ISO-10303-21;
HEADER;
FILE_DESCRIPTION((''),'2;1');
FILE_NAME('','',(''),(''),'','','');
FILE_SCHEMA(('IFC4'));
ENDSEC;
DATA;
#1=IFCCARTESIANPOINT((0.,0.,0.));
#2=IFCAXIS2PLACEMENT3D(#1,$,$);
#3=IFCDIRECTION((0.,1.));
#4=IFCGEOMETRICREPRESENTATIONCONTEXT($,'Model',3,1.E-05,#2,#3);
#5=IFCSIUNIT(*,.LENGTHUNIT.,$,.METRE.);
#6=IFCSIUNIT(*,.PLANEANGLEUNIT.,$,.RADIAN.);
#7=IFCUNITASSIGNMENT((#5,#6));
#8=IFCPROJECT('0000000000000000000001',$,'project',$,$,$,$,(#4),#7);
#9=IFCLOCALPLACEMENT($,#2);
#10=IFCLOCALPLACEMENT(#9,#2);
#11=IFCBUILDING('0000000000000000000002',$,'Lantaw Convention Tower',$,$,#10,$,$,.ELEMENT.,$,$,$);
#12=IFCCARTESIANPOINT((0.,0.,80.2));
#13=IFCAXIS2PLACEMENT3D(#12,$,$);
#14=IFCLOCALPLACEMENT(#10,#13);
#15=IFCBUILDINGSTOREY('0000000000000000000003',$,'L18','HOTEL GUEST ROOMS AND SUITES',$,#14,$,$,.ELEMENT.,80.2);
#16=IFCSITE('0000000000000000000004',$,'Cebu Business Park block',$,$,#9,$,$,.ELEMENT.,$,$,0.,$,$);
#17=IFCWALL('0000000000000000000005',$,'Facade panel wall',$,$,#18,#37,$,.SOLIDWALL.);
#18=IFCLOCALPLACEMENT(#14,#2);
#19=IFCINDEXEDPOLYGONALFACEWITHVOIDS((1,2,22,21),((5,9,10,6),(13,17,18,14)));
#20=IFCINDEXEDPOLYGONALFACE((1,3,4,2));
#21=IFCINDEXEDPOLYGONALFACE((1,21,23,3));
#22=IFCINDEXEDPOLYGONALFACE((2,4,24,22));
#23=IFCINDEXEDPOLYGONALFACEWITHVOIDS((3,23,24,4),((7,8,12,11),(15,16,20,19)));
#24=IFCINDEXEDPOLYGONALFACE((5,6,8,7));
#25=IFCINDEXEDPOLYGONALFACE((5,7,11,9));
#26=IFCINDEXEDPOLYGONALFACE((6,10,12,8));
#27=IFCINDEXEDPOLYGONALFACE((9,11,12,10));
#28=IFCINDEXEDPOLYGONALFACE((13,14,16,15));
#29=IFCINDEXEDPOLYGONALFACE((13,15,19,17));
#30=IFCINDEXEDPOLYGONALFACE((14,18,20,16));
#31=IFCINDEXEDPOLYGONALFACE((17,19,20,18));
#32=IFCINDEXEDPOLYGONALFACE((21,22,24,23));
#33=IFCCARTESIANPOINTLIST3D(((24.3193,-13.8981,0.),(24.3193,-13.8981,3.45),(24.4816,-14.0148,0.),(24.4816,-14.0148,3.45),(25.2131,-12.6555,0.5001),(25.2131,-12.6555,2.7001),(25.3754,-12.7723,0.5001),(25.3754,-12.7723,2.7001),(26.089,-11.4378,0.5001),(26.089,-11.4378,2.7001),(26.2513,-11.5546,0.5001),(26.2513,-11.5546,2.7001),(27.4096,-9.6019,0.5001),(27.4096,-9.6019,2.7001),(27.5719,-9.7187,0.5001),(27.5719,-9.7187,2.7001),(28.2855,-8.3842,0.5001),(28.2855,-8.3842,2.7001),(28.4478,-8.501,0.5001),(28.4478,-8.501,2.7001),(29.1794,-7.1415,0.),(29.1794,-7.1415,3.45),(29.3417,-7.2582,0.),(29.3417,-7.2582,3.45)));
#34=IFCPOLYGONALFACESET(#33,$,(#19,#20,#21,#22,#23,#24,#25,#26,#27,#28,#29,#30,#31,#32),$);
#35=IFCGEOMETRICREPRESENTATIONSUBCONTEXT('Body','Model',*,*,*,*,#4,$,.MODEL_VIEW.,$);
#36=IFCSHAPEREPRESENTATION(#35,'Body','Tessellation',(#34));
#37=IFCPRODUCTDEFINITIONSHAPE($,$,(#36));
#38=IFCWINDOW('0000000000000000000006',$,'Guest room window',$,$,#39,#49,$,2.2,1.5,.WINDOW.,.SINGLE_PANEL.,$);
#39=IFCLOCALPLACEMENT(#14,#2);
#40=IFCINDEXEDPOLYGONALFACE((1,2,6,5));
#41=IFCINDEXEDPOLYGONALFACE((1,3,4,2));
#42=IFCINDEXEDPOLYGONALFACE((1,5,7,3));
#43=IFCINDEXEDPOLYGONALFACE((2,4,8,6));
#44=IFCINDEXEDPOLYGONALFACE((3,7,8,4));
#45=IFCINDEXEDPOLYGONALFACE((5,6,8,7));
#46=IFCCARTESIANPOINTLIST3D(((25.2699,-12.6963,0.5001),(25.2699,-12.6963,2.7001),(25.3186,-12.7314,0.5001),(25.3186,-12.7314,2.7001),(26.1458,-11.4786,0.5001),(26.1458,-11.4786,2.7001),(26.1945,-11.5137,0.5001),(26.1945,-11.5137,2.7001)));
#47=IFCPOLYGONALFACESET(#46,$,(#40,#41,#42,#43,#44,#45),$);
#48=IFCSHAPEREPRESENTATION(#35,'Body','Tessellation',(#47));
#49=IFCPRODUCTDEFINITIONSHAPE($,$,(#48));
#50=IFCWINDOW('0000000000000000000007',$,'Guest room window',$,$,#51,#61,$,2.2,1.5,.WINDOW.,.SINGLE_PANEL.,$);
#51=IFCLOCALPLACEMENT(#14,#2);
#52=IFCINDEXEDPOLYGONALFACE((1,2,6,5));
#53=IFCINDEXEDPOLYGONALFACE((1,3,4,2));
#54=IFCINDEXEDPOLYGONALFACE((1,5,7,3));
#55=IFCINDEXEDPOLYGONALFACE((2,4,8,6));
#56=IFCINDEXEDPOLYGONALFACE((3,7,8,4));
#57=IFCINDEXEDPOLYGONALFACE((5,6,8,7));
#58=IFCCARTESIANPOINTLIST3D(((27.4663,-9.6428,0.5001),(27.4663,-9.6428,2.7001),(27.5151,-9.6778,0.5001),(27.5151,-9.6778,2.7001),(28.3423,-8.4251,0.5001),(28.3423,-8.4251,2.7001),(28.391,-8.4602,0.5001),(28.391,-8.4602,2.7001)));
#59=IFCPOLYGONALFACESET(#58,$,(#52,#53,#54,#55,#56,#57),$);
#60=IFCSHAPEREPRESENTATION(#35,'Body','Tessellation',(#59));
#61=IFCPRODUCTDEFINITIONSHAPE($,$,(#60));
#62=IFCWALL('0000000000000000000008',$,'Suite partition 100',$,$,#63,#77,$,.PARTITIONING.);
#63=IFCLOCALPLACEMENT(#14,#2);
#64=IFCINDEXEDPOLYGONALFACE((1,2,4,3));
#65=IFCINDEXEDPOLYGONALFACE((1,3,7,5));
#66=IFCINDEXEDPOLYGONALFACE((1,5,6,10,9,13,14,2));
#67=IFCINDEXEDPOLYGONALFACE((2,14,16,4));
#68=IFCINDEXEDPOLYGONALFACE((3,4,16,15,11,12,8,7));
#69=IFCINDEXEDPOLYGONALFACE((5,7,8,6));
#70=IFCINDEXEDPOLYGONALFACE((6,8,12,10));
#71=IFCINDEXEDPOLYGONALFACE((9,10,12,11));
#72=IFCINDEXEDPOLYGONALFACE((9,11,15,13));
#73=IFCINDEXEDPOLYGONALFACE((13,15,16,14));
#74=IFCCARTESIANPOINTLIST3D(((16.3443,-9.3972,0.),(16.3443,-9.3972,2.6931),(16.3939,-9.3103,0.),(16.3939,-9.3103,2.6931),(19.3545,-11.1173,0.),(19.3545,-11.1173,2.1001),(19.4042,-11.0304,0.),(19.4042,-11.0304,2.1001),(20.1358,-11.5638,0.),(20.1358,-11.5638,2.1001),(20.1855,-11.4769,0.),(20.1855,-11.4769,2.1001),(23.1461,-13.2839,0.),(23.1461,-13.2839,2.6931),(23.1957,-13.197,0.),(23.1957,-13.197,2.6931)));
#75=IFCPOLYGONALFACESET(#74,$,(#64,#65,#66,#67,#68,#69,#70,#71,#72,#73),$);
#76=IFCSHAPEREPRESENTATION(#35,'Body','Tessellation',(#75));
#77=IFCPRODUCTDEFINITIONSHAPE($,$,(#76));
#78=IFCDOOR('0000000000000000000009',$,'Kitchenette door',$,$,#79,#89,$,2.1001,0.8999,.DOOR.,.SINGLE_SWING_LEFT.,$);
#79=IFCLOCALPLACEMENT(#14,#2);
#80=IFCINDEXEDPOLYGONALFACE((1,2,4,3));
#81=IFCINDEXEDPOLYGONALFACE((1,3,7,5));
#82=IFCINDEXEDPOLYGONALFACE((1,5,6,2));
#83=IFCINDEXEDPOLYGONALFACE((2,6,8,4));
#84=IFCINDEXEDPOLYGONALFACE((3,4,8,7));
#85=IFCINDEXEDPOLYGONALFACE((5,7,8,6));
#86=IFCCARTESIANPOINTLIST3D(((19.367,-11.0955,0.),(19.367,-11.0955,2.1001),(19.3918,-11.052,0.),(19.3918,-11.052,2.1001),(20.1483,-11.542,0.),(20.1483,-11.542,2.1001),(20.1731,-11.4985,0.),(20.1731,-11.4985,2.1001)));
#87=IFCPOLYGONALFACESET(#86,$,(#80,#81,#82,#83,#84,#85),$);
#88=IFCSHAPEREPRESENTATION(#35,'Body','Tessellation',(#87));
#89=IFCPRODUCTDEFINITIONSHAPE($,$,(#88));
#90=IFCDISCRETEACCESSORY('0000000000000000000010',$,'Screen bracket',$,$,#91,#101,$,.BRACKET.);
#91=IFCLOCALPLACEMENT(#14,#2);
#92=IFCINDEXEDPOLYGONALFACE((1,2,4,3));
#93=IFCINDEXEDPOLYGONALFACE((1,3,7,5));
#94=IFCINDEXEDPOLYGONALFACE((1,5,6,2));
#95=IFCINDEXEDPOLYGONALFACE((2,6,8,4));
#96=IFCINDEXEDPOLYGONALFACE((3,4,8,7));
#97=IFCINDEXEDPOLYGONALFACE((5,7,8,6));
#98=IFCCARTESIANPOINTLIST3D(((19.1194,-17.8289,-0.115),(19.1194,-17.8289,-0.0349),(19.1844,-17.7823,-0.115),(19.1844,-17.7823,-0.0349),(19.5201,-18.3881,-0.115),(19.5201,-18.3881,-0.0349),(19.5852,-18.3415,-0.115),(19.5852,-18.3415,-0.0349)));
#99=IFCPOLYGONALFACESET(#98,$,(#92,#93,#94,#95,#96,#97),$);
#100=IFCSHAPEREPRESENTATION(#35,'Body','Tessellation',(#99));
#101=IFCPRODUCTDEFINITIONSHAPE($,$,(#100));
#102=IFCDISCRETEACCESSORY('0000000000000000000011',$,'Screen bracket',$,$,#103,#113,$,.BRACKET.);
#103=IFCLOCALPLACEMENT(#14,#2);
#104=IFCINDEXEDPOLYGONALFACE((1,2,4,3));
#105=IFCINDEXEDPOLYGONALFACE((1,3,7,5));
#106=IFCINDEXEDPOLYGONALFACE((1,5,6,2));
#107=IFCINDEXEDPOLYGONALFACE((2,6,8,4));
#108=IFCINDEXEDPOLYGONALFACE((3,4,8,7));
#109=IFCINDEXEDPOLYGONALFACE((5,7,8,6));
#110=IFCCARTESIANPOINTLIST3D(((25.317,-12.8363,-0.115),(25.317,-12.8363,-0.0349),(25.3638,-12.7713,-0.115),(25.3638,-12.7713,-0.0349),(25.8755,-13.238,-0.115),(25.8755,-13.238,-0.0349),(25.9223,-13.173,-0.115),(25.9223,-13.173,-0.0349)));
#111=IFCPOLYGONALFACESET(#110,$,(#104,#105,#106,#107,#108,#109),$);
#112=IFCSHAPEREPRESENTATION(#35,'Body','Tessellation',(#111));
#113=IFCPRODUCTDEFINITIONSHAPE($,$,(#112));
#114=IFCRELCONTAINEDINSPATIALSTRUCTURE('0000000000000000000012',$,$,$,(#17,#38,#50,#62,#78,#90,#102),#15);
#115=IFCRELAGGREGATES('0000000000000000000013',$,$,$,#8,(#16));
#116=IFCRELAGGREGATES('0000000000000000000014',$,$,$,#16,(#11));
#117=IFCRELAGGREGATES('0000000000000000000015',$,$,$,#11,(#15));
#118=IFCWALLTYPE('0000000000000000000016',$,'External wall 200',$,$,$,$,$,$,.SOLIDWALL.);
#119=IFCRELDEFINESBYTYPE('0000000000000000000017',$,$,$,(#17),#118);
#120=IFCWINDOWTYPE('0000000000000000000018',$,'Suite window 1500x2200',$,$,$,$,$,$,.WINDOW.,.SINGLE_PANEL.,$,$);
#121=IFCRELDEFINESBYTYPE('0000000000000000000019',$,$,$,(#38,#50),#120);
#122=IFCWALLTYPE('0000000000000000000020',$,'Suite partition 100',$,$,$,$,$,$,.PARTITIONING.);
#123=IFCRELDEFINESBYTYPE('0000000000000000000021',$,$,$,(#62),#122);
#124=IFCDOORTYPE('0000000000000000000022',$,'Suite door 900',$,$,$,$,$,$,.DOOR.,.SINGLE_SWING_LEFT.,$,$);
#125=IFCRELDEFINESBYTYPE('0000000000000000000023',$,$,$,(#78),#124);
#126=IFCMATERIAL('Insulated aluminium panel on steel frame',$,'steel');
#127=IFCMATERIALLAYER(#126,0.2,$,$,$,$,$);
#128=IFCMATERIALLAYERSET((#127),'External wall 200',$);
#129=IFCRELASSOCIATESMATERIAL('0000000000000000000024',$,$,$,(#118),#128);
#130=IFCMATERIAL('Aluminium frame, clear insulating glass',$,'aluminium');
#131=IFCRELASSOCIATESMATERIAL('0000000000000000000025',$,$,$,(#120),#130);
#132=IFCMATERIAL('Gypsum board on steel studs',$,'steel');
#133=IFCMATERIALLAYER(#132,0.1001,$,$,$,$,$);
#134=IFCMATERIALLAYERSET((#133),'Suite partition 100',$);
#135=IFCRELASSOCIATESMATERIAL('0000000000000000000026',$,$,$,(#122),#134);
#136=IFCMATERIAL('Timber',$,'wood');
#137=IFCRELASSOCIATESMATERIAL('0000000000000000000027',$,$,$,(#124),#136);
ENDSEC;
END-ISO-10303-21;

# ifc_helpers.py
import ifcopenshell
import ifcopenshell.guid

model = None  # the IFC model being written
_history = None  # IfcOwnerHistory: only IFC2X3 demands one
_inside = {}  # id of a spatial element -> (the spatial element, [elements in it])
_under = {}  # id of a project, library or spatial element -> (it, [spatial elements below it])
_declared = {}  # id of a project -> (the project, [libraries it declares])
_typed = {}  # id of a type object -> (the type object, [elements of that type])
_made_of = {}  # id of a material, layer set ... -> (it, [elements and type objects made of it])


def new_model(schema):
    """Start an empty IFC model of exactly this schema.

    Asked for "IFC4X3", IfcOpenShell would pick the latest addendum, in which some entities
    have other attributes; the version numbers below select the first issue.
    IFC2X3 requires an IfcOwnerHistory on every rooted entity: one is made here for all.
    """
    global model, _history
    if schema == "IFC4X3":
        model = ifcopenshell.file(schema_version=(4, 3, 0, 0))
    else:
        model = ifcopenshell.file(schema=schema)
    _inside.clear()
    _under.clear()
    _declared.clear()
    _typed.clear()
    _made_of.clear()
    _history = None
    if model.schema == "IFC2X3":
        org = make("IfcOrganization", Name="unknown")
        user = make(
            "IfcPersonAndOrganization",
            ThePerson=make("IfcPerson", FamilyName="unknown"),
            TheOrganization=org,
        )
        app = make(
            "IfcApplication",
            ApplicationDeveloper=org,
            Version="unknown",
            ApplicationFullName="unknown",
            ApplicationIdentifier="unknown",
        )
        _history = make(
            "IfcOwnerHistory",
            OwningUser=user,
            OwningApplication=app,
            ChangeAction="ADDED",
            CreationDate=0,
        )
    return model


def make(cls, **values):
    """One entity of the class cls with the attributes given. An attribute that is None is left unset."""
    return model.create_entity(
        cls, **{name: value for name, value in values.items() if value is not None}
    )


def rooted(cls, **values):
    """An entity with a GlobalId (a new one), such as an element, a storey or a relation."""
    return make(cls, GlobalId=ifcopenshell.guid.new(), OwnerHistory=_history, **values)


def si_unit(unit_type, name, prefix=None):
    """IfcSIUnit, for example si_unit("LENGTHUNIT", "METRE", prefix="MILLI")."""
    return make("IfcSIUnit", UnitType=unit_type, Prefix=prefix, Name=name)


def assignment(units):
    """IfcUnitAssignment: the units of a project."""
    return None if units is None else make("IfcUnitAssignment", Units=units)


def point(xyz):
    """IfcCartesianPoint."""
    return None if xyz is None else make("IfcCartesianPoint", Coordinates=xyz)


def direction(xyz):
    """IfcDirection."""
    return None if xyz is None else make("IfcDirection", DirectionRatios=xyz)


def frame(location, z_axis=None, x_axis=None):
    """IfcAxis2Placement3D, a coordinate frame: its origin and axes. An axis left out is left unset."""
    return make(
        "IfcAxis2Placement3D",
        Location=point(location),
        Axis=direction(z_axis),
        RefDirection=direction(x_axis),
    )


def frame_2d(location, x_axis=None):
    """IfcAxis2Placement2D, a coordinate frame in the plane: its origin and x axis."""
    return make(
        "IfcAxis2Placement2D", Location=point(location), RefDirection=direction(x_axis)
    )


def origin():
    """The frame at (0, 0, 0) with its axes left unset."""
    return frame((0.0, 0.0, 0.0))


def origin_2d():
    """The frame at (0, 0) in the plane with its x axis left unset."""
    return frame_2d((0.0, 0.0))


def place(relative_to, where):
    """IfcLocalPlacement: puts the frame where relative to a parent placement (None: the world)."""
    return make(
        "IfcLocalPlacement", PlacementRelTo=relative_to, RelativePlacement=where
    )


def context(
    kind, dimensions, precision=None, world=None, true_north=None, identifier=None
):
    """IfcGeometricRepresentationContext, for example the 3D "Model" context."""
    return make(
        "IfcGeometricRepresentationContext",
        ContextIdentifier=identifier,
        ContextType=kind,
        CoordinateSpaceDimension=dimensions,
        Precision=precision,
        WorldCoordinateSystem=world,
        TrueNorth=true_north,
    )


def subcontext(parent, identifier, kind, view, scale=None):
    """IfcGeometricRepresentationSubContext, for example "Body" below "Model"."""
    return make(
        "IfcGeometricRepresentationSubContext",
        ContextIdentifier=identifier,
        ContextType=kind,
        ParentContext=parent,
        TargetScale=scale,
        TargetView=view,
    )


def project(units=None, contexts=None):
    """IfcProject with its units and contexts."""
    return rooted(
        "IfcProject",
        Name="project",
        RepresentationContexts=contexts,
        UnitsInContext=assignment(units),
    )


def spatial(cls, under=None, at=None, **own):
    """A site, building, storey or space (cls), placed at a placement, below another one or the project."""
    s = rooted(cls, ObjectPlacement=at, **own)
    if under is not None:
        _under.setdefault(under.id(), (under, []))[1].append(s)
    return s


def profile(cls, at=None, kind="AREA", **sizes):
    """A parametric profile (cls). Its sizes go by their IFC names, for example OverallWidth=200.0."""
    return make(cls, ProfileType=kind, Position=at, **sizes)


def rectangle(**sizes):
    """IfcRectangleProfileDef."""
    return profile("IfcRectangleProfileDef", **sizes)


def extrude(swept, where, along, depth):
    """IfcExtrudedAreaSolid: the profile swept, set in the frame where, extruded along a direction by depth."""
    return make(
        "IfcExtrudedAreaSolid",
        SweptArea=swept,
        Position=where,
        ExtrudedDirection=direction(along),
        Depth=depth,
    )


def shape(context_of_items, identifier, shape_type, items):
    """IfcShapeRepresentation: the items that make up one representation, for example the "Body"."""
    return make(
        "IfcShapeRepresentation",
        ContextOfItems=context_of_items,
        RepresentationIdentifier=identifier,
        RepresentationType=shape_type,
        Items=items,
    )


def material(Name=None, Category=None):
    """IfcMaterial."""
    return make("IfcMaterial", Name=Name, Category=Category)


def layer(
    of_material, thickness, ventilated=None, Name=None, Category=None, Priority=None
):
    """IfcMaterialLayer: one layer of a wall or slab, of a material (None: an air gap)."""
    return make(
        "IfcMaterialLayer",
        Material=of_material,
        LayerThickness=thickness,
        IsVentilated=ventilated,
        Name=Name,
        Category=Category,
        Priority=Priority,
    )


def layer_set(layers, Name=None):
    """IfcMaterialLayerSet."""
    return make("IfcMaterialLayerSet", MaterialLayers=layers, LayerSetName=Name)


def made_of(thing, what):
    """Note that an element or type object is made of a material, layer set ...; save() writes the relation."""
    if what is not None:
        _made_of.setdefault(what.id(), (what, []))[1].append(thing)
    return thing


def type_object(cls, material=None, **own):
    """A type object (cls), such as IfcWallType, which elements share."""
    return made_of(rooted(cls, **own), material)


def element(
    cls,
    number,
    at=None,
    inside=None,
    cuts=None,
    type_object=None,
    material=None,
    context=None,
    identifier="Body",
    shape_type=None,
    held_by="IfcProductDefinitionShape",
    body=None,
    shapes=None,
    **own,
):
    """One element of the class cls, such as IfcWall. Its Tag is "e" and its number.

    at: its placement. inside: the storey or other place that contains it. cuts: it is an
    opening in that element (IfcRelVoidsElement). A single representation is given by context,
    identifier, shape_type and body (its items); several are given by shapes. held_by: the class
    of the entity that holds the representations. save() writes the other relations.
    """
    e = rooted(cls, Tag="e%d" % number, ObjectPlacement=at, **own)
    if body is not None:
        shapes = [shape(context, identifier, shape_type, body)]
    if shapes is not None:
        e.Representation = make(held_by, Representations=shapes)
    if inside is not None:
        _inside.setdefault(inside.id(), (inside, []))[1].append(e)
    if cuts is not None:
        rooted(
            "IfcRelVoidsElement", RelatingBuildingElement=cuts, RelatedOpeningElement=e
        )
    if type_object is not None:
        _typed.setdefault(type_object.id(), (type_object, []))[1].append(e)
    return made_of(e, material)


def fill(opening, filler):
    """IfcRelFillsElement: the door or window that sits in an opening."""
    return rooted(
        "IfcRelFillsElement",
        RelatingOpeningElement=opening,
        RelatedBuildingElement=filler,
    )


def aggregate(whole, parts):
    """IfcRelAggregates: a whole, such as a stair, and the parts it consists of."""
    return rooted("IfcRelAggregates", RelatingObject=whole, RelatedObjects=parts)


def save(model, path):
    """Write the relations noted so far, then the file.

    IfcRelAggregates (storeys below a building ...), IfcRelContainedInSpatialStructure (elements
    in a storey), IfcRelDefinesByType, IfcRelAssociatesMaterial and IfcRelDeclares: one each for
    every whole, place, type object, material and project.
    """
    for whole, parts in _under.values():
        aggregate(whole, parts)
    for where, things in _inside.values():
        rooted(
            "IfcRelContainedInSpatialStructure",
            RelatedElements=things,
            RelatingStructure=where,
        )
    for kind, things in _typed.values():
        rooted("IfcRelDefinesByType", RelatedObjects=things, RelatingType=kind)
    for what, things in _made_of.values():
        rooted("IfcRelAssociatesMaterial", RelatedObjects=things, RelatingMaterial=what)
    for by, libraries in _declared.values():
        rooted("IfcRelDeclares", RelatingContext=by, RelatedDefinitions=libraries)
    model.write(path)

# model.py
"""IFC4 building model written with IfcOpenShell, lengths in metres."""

from ifc_helpers import new_model, si_unit, direction, frame, frame_2d, origin, origin_2d, place, context, subcontext, project, spatial, rectangle, extrude, material, layer, layer_set, type_object, element, fill, save


model = new_model("IFC4")

# Units and contexts
model_context = context("Model", 3, precision=1e-05, world=origin(), true_north=direction((0.0, 1.0)))
body_context = subcontext(model_context, "Body", "Model", "MODEL_VIEW")
ifc_project = project(units=[si_unit("LENGTHUNIT", "METRE"), si_unit("PLANEANGLEUNIT", "RADIAN")], contexts=[model_context])

# Site, building, storey
site_placement = place(None, origin())
site = spatial("IfcSite", under=ifc_project, at=site_placement, Name="Cebu Business Park block", CompositionType="ELEMENT", RefElevation=0.0)
building_placement = place(site_placement, origin())
building = spatial("IfcBuilding", under=site, at=building_placement, Name="Lantaw Convention Tower", CompositionType="ELEMENT")
storey_placement = place(building_placement, frame((0.0, 0.0, 80.2)))
storey = spatial("IfcBuildingStorey", under=building, at=storey_placement, Name="L18", Description="HOTEL GUEST ROOMS AND SUITES", CompositionType="ELEMENT", Elevation=80.2)

# Wall, openings, windows
ifc_material_1 = material(Name="Insulated aluminium panel on steel frame", Category="steel")
ifc_layer_1 = layer(ifc_material_1, 0.2)
ifc_layer_set_1 = layer_set([ifc_layer_1], Name="External wall 200")
wall_type_1 = type_object("IfcWallType", Name="External wall 200", PredefinedType="SOLIDWALL", material=ifc_layer_set_1)
wall_1_placement = place(storey_placement, frame((24.4004, -13.9565, 0.0), z_axis=(0.0, 0.0, 1.0), x_axis=(0.583938, 0.811799, 0.0)))
wall_1 = element("IfcWall", 1, at=wall_1_placement, inside=storey, type_object=wall_type_1, Name="Facade panel wall", PredefinedType="SOLIDWALL", context=body_context, shape_type="SweptSolid", body=[
    extrude(rectangle(XDim=8.323, YDim=0.2, at=frame_2d((4.1616, 0.0))), origin(), (0.0, 0.0, 1.0), 3.45),
])
opening_1_placement = place(wall_1_placement, frame((1.5308, 0.0, 0.5)))
opening_1 = element("IfcOpeningElement", 2, at=opening_1_placement, cuts=wall_1, PredefinedType="OPENING", context=body_context, shape_type="SweptSolid", body=[
    extrude(rectangle(XDim=1.5, YDim=2.2, at=frame_2d((0.75, 1.1001))), frame((0.0, 0.1099, 0.0), z_axis=(0.0, -1.0, 0.0), x_axis=(1.0, 0.0, 0.0)), (0.0, 0.0, 1.0), 0.22),
])
opening_2_placement = place(wall_1_placement, frame((5.2922, 0.0, 0.5)))
opening_2 = element("IfcOpeningElement", 3, at=opening_2_placement, cuts=wall_1, PredefinedType="OPENING", context=body_context, shape_type="SweptSolid", body=[
    extrude(rectangle(XDim=1.5, YDim=2.2, at=frame_2d((0.75, 1.1001))), frame((0.0, 0.1099, 0.0), z_axis=(0.0, -1.0, 0.0), x_axis=(1.0, 0.0, 0.0)), (0.0, 0.0, 1.0), 0.22),
])
ifc_material_2 = material(Name="Aluminium frame, clear insulating glass", Category="aluminium")
window_type = type_object("IfcWindowType", Name="Suite window 1500x2200", PartitioningType="SINGLE_PANEL", PredefinedType="WINDOW", material=ifc_material_2)
window_1_placement = place(opening_1_placement, origin())
window_1 = element("IfcWindow", 4, at=window_1_placement, inside=storey, type_object=window_type, Name="Guest room window", OverallHeight=2.2, OverallWidth=1.5, PartitioningType="SINGLE_PANEL", PredefinedType="WINDOW", context=body_context, shape_type="SweptSolid", body=[
    extrude(rectangle(XDim=1.5, YDim=2.2, at=frame_2d((0.75, 1.1001))), frame((0.0, 0.03, 0.0), z_axis=(0.0, -1.0, 0.0), x_axis=(1.0, 0.0, 0.0)), (0.0, 0.0, 1.0), 0.0601),
])
fill(opening_1, window_1)
window_2_placement = place(opening_2_placement, origin())
window_2 = element("IfcWindow", 5, at=window_2_placement, inside=storey, type_object=window_type, Name="Guest room window", OverallHeight=2.2, OverallWidth=1.5, PartitioningType="SINGLE_PANEL", PredefinedType="WINDOW", context=body_context, shape_type="SweptSolid", body=[
    extrude(rectangle(XDim=1.5, YDim=2.2, at=frame_2d((0.75, 1.1001))), frame((0.0, 0.03, 0.0), z_axis=(0.0, -1.0, 0.0), x_axis=(1.0, 0.0, 0.0)), (0.0, 0.0, 1.0), 0.0601),
])
fill(opening_2, window_2)

# Wall, opening, door
ifc_material_3 = material(Name="Gypsum board on steel studs", Category="steel")
ifc_layer_2 = layer(ifc_material_3, 0.1001)
ifc_layer_set_2 = layer_set([ifc_layer_2], Name="Suite partition 100")
wall_type_2 = type_object("IfcWallType", Name="Suite partition 100", PredefinedType="PARTITIONING", material=ifc_layer_set_2)
wall_2_placement = place(storey_placement, frame((23.1709, -13.2405, 0.0), z_axis=(0.0, 0.0, 1.0), x_axis=(-0.868243, 0.496139, 0.0)))
wall_2 = element("IfcWall", 6, at=wall_2_placement, inside=storey, type_object=wall_type_2, Name="Suite partition 100", PredefinedType="PARTITIONING", context=body_context, shape_type="SweptSolid", body=[
    extrude(rectangle(XDim=7.834, YDim=0.1001, at=frame_2d((3.917, 0.0))), origin(), (0.0, 0.0, 1.0), 2.6931),
])
opening_3_placement = place(wall_2_placement, frame((3.467, 0.0, 0.0)))
opening_3 = element("IfcOpeningElement", 7, at=opening_3_placement, cuts=wall_2, PredefinedType="OPENING", context=body_context, shape_type="SweptSolid", body=[
    extrude(rectangle(XDim=0.8999, YDim=2.1001, at=frame_2d((0.45, 1.05))), frame((0.0, 0.0601, 0.0), z_axis=(0.0, -1.0, 0.0), x_axis=(1.0, 0.0, 0.0)), (0.0, 0.0, 1.0), 0.1201),
])
ifc_material_4 = material(Name="Timber", Category="wood")
door_type = type_object("IfcDoorType", Name="Suite door 900", OperationType="SINGLE_SWING_LEFT", PredefinedType="DOOR", material=ifc_material_4)
door_placement = place(opening_3_placement, origin())
door = element("IfcDoor", 8, at=door_placement, inside=storey, type_object=door_type, Name="Kitchenette door", OperationType="SINGLE_SWING_LEFT", OverallHeight=2.1001, OverallWidth=0.8999, PredefinedType="DOOR", context=body_context, shape_type="SweptSolid", body=[
    extrude(rectangle(XDim=0.8999, YDim=2.1001, at=frame_2d((0.45, 1.05))), frame((0.0, 0.0249, 0.0), z_axis=(0.0, -1.0, 0.0), x_axis=(1.0, 0.0, 0.0)), (0.0, 0.0, 1.0), 0.05),
])
fill(opening_3, door)

# Discrete accessories
for number, where, z_axis, x_axis, name in (
    (9, (19.3523, -18.0852, -0.115), (0.0, 0.0, 1.0), (0.812804, 0.582538, 0.0), "Screen bracket"),
    (10, (25.6196, -13.0046, -0.115), (0.0, 0.0, 1.0), (0.583951, 0.811789, 0.0), "Screen bracket"),
):
    element("IfcDiscreteAccessory", number, at=place(storey_placement, frame(where, z_axis=z_axis, x_axis=x_axis)), inside=storey, Name=name, PredefinedType="BRACKET", context=body_context, shape_type="SweptSolid", body=[
        extrude(rectangle(XDim=0.0801, YDim=0.688, at=origin_2d()), origin(), (0.0, 0.0, 1.0), 0.0801),
    ])

save(model, "model.ifc")
